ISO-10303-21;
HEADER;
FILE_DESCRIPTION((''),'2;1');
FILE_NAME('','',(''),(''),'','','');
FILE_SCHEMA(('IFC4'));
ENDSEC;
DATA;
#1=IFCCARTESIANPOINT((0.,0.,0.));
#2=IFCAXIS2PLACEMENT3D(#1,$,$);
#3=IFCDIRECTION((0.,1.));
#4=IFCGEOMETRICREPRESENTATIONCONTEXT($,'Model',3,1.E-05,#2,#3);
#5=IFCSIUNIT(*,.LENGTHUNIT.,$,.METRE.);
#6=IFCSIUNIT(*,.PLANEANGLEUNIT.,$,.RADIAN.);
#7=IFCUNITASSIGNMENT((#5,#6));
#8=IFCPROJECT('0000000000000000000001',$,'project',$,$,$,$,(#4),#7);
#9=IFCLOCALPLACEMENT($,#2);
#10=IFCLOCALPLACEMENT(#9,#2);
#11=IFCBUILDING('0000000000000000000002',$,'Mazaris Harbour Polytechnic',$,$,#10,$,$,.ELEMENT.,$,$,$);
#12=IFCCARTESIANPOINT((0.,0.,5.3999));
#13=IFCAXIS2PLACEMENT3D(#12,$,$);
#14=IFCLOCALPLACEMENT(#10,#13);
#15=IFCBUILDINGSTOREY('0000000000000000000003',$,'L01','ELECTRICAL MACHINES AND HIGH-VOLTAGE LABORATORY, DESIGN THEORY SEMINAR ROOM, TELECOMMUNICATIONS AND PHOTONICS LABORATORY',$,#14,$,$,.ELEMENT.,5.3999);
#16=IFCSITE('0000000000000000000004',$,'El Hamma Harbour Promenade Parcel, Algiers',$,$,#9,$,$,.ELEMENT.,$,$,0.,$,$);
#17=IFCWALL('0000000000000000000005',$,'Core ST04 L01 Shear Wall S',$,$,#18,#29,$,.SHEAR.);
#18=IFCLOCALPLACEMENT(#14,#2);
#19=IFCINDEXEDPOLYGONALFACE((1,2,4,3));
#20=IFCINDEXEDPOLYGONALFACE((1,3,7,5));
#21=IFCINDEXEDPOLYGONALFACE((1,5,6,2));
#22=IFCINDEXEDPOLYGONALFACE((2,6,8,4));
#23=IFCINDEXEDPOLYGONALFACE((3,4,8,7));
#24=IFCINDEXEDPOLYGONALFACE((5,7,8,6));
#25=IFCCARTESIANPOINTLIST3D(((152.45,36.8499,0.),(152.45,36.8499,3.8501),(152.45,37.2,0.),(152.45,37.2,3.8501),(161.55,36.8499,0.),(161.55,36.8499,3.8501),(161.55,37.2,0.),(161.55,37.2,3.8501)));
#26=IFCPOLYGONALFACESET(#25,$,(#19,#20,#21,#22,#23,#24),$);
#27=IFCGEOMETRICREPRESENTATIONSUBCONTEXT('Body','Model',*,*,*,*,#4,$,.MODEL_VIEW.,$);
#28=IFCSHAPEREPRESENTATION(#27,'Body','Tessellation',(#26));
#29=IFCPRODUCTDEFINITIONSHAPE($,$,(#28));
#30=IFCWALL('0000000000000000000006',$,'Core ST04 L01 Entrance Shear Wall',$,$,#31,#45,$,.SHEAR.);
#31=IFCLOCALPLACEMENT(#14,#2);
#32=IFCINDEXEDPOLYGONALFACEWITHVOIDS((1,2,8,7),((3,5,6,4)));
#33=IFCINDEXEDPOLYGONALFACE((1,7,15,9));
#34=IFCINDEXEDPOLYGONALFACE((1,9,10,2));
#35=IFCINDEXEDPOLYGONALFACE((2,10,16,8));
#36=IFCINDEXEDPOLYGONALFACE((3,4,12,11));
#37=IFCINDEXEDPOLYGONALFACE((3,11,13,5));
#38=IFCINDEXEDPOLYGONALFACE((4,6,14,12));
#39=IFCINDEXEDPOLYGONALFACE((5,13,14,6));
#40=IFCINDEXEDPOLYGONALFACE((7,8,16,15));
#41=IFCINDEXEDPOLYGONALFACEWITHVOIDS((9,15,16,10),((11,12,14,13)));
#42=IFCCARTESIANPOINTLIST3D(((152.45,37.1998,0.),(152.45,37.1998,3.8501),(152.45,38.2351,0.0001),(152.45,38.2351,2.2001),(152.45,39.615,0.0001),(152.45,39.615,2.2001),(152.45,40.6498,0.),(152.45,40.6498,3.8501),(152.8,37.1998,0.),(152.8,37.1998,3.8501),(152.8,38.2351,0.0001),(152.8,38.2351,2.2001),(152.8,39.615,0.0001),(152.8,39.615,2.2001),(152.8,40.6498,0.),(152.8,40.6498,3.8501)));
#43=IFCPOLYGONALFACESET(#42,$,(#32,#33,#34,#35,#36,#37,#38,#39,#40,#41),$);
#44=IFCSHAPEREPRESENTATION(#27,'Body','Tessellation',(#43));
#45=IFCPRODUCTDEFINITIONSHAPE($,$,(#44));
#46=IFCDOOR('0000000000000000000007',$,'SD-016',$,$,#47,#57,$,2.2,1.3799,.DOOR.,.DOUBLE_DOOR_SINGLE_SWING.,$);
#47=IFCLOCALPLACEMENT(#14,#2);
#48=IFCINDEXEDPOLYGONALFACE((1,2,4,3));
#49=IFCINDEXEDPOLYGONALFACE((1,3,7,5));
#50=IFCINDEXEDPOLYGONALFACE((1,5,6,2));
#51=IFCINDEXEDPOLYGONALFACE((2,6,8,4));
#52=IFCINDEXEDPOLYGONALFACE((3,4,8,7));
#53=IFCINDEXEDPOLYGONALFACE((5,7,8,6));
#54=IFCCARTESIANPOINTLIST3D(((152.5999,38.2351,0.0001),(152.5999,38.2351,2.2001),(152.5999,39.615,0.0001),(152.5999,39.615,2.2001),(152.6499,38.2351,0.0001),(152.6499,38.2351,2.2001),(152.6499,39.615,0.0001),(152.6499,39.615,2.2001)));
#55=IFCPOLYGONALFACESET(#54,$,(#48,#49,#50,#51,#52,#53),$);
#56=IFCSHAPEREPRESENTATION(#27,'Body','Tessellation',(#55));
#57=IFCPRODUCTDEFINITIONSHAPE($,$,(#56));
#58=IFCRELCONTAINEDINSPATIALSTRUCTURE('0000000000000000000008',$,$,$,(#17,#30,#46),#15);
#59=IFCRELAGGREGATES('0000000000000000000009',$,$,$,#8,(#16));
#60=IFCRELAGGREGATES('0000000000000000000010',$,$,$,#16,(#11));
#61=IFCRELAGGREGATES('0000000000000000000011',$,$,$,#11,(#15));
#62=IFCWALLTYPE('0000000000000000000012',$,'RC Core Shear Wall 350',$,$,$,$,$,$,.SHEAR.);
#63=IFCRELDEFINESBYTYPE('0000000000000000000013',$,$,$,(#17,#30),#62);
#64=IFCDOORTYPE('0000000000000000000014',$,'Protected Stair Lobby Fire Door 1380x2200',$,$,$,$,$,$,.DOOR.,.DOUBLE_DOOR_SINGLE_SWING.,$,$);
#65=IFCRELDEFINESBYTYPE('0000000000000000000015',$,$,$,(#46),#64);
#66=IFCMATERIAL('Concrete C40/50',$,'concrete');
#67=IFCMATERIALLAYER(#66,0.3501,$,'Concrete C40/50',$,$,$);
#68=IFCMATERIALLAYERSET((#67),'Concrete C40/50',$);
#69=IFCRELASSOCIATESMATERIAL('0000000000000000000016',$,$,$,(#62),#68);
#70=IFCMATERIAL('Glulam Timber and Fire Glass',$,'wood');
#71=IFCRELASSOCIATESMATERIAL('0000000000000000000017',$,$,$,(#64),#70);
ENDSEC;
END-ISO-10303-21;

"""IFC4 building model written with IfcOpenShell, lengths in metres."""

from ifc_helpers import new_model, si_unit, direction, frame, frame_2d, origin, place, context, subcontext, project, spatial, rectangle, extrude, material, layer, layer_set, type_object, element, fill, save


model = new_model("IFC4")

# Units and contexts
model_context = context("Model", 3, precision=1e-05, world=origin(), true_north=direction((0.0, 1.0)))
body_context = subcontext(model_context, "Body", "Model", "MODEL_VIEW")
ifc_project = project(units=[si_unit("LENGTHUNIT", "METRE"), si_unit("PLANEANGLEUNIT", "RADIAN")], contexts=[model_context])

# Site, building, storey
site_placement = place(None, origin())
site = spatial("IfcSite", under=ifc_project, at=site_placement, Name="El Hamma Harbour Promenade Parcel, Algiers", CompositionType="ELEMENT", RefElevation=0.0)
building_placement = place(site_placement, origin())
building = spatial("IfcBuilding", under=site, at=building_placement, Name="Mazaris Harbour Polytechnic", CompositionType="ELEMENT")
storey_placement = place(building_placement, frame((0.0, 0.0, 5.3999)))
storey = spatial("IfcBuildingStorey", under=building, at=storey_placement, Name="L01", Description="ELECTRICAL MACHINES AND HIGH-VOLTAGE LABORATORY, DESIGN THEORY SEMINAR ROOM, TELECOMMUNICATIONS AND PHOTONICS LABORATORY", CompositionType="ELEMENT", Elevation=5.3999)

# Wall
ifc_material_1 = material(Name="Concrete C40/50", Category="concrete")
ifc_layer_1 = layer(ifc_material_1, 0.3501, Name="Concrete C40/50")
ifc_layer_set_1 = layer_set([ifc_layer_1], Name="Concrete C40/50")
wall_type = type_object("IfcWallType", Name="RC Core Shear Wall 350", PredefinedType="SHEAR", material=ifc_layer_set_1)
wall_1_placement = place(storey_placement, frame((152.45, 37.0249, 0.0), z_axis=(0.0, 0.0, 1.0), x_axis=(1.0, 0.0, 0.0)))
element("IfcWall", 1, at=wall_1_placement, inside=storey, type_object=wall_type, Name="Core ST04 L01 Shear Wall S", PredefinedType="SHEAR", context=body_context, shape_type="SweptSolid", body=[
    extrude(rectangle(XDim=9.1001, YDim=0.3501, at=frame_2d((4.55, 0.0))), origin(), (0.0, 0.0, 1.0), 3.8501),
])

# Wall, opening, door
wall_2_placement = place(storey_placement, frame((152.625, 40.6499, 0.0), z_axis=(0.0, 0.0, 1.0), x_axis=(0.0, -1.0, 0.0)))
wall_2 = element("IfcWall", 2, at=wall_2_placement, inside=storey, type_object=wall_type, Name="Core ST04 L01 Entrance Shear Wall", PredefinedType="SHEAR", context=body_context, shape_type="SweptSolid", body=[
    extrude(rectangle(XDim=3.45, YDim=0.3501, at=frame_2d((1.7251, 0.0))), origin(), (0.0, 0.0, 1.0), 3.8501),
])
opening_placement = place(wall_2_placement, frame((1.0349, 0.0, 0.0)))
opening = element("IfcOpeningElement", 3, at=opening_placement, cuts=wall_2, PredefinedType="OPENING", context=body_context, shape_type="SweptSolid", body=[
    extrude(rectangle(XDim=1.3799, YDim=2.2, at=frame_2d((0.6899, 1.1001))), frame((0.0, 0.1851, 0.0), z_axis=(0.0, -1.0, 0.0), x_axis=(1.0, 0.0, 0.0)), (0.0, 0.0, 1.0), 0.3701),
])
ifc_material_2 = material(Name="Glulam Timber and Fire Glass", Category="wood")
door_type = type_object("IfcDoorType", Name="Protected Stair Lobby Fire Door 1380x2200", OperationType="DOUBLE_DOOR_SINGLE_SWING", PredefinedType="DOOR", material=ifc_material_2)
door_placement = place(opening_placement, origin())
door = element("IfcDoor", 4, at=door_placement, inside=storey, type_object=door_type, Name="SD-016", OperationType="DOUBLE_DOOR_SINGLE_SWING", OverallHeight=2.2, OverallWidth=1.3799, PredefinedType="DOOR", context=body_context, shape_type="SweptSolid", body=[
    extrude(rectangle(XDim=1.3799, YDim=2.2, at=frame_2d((0.6899, 1.1001))), frame((0.0, 0.0249, 0.0), z_axis=(0.0, -1.0, 0.0), x_axis=(1.0, 0.0, 0.0)), (0.0, 0.0, 1.0), 0.05),
])
fill(opening, door)

save(model, "model.ifc")
